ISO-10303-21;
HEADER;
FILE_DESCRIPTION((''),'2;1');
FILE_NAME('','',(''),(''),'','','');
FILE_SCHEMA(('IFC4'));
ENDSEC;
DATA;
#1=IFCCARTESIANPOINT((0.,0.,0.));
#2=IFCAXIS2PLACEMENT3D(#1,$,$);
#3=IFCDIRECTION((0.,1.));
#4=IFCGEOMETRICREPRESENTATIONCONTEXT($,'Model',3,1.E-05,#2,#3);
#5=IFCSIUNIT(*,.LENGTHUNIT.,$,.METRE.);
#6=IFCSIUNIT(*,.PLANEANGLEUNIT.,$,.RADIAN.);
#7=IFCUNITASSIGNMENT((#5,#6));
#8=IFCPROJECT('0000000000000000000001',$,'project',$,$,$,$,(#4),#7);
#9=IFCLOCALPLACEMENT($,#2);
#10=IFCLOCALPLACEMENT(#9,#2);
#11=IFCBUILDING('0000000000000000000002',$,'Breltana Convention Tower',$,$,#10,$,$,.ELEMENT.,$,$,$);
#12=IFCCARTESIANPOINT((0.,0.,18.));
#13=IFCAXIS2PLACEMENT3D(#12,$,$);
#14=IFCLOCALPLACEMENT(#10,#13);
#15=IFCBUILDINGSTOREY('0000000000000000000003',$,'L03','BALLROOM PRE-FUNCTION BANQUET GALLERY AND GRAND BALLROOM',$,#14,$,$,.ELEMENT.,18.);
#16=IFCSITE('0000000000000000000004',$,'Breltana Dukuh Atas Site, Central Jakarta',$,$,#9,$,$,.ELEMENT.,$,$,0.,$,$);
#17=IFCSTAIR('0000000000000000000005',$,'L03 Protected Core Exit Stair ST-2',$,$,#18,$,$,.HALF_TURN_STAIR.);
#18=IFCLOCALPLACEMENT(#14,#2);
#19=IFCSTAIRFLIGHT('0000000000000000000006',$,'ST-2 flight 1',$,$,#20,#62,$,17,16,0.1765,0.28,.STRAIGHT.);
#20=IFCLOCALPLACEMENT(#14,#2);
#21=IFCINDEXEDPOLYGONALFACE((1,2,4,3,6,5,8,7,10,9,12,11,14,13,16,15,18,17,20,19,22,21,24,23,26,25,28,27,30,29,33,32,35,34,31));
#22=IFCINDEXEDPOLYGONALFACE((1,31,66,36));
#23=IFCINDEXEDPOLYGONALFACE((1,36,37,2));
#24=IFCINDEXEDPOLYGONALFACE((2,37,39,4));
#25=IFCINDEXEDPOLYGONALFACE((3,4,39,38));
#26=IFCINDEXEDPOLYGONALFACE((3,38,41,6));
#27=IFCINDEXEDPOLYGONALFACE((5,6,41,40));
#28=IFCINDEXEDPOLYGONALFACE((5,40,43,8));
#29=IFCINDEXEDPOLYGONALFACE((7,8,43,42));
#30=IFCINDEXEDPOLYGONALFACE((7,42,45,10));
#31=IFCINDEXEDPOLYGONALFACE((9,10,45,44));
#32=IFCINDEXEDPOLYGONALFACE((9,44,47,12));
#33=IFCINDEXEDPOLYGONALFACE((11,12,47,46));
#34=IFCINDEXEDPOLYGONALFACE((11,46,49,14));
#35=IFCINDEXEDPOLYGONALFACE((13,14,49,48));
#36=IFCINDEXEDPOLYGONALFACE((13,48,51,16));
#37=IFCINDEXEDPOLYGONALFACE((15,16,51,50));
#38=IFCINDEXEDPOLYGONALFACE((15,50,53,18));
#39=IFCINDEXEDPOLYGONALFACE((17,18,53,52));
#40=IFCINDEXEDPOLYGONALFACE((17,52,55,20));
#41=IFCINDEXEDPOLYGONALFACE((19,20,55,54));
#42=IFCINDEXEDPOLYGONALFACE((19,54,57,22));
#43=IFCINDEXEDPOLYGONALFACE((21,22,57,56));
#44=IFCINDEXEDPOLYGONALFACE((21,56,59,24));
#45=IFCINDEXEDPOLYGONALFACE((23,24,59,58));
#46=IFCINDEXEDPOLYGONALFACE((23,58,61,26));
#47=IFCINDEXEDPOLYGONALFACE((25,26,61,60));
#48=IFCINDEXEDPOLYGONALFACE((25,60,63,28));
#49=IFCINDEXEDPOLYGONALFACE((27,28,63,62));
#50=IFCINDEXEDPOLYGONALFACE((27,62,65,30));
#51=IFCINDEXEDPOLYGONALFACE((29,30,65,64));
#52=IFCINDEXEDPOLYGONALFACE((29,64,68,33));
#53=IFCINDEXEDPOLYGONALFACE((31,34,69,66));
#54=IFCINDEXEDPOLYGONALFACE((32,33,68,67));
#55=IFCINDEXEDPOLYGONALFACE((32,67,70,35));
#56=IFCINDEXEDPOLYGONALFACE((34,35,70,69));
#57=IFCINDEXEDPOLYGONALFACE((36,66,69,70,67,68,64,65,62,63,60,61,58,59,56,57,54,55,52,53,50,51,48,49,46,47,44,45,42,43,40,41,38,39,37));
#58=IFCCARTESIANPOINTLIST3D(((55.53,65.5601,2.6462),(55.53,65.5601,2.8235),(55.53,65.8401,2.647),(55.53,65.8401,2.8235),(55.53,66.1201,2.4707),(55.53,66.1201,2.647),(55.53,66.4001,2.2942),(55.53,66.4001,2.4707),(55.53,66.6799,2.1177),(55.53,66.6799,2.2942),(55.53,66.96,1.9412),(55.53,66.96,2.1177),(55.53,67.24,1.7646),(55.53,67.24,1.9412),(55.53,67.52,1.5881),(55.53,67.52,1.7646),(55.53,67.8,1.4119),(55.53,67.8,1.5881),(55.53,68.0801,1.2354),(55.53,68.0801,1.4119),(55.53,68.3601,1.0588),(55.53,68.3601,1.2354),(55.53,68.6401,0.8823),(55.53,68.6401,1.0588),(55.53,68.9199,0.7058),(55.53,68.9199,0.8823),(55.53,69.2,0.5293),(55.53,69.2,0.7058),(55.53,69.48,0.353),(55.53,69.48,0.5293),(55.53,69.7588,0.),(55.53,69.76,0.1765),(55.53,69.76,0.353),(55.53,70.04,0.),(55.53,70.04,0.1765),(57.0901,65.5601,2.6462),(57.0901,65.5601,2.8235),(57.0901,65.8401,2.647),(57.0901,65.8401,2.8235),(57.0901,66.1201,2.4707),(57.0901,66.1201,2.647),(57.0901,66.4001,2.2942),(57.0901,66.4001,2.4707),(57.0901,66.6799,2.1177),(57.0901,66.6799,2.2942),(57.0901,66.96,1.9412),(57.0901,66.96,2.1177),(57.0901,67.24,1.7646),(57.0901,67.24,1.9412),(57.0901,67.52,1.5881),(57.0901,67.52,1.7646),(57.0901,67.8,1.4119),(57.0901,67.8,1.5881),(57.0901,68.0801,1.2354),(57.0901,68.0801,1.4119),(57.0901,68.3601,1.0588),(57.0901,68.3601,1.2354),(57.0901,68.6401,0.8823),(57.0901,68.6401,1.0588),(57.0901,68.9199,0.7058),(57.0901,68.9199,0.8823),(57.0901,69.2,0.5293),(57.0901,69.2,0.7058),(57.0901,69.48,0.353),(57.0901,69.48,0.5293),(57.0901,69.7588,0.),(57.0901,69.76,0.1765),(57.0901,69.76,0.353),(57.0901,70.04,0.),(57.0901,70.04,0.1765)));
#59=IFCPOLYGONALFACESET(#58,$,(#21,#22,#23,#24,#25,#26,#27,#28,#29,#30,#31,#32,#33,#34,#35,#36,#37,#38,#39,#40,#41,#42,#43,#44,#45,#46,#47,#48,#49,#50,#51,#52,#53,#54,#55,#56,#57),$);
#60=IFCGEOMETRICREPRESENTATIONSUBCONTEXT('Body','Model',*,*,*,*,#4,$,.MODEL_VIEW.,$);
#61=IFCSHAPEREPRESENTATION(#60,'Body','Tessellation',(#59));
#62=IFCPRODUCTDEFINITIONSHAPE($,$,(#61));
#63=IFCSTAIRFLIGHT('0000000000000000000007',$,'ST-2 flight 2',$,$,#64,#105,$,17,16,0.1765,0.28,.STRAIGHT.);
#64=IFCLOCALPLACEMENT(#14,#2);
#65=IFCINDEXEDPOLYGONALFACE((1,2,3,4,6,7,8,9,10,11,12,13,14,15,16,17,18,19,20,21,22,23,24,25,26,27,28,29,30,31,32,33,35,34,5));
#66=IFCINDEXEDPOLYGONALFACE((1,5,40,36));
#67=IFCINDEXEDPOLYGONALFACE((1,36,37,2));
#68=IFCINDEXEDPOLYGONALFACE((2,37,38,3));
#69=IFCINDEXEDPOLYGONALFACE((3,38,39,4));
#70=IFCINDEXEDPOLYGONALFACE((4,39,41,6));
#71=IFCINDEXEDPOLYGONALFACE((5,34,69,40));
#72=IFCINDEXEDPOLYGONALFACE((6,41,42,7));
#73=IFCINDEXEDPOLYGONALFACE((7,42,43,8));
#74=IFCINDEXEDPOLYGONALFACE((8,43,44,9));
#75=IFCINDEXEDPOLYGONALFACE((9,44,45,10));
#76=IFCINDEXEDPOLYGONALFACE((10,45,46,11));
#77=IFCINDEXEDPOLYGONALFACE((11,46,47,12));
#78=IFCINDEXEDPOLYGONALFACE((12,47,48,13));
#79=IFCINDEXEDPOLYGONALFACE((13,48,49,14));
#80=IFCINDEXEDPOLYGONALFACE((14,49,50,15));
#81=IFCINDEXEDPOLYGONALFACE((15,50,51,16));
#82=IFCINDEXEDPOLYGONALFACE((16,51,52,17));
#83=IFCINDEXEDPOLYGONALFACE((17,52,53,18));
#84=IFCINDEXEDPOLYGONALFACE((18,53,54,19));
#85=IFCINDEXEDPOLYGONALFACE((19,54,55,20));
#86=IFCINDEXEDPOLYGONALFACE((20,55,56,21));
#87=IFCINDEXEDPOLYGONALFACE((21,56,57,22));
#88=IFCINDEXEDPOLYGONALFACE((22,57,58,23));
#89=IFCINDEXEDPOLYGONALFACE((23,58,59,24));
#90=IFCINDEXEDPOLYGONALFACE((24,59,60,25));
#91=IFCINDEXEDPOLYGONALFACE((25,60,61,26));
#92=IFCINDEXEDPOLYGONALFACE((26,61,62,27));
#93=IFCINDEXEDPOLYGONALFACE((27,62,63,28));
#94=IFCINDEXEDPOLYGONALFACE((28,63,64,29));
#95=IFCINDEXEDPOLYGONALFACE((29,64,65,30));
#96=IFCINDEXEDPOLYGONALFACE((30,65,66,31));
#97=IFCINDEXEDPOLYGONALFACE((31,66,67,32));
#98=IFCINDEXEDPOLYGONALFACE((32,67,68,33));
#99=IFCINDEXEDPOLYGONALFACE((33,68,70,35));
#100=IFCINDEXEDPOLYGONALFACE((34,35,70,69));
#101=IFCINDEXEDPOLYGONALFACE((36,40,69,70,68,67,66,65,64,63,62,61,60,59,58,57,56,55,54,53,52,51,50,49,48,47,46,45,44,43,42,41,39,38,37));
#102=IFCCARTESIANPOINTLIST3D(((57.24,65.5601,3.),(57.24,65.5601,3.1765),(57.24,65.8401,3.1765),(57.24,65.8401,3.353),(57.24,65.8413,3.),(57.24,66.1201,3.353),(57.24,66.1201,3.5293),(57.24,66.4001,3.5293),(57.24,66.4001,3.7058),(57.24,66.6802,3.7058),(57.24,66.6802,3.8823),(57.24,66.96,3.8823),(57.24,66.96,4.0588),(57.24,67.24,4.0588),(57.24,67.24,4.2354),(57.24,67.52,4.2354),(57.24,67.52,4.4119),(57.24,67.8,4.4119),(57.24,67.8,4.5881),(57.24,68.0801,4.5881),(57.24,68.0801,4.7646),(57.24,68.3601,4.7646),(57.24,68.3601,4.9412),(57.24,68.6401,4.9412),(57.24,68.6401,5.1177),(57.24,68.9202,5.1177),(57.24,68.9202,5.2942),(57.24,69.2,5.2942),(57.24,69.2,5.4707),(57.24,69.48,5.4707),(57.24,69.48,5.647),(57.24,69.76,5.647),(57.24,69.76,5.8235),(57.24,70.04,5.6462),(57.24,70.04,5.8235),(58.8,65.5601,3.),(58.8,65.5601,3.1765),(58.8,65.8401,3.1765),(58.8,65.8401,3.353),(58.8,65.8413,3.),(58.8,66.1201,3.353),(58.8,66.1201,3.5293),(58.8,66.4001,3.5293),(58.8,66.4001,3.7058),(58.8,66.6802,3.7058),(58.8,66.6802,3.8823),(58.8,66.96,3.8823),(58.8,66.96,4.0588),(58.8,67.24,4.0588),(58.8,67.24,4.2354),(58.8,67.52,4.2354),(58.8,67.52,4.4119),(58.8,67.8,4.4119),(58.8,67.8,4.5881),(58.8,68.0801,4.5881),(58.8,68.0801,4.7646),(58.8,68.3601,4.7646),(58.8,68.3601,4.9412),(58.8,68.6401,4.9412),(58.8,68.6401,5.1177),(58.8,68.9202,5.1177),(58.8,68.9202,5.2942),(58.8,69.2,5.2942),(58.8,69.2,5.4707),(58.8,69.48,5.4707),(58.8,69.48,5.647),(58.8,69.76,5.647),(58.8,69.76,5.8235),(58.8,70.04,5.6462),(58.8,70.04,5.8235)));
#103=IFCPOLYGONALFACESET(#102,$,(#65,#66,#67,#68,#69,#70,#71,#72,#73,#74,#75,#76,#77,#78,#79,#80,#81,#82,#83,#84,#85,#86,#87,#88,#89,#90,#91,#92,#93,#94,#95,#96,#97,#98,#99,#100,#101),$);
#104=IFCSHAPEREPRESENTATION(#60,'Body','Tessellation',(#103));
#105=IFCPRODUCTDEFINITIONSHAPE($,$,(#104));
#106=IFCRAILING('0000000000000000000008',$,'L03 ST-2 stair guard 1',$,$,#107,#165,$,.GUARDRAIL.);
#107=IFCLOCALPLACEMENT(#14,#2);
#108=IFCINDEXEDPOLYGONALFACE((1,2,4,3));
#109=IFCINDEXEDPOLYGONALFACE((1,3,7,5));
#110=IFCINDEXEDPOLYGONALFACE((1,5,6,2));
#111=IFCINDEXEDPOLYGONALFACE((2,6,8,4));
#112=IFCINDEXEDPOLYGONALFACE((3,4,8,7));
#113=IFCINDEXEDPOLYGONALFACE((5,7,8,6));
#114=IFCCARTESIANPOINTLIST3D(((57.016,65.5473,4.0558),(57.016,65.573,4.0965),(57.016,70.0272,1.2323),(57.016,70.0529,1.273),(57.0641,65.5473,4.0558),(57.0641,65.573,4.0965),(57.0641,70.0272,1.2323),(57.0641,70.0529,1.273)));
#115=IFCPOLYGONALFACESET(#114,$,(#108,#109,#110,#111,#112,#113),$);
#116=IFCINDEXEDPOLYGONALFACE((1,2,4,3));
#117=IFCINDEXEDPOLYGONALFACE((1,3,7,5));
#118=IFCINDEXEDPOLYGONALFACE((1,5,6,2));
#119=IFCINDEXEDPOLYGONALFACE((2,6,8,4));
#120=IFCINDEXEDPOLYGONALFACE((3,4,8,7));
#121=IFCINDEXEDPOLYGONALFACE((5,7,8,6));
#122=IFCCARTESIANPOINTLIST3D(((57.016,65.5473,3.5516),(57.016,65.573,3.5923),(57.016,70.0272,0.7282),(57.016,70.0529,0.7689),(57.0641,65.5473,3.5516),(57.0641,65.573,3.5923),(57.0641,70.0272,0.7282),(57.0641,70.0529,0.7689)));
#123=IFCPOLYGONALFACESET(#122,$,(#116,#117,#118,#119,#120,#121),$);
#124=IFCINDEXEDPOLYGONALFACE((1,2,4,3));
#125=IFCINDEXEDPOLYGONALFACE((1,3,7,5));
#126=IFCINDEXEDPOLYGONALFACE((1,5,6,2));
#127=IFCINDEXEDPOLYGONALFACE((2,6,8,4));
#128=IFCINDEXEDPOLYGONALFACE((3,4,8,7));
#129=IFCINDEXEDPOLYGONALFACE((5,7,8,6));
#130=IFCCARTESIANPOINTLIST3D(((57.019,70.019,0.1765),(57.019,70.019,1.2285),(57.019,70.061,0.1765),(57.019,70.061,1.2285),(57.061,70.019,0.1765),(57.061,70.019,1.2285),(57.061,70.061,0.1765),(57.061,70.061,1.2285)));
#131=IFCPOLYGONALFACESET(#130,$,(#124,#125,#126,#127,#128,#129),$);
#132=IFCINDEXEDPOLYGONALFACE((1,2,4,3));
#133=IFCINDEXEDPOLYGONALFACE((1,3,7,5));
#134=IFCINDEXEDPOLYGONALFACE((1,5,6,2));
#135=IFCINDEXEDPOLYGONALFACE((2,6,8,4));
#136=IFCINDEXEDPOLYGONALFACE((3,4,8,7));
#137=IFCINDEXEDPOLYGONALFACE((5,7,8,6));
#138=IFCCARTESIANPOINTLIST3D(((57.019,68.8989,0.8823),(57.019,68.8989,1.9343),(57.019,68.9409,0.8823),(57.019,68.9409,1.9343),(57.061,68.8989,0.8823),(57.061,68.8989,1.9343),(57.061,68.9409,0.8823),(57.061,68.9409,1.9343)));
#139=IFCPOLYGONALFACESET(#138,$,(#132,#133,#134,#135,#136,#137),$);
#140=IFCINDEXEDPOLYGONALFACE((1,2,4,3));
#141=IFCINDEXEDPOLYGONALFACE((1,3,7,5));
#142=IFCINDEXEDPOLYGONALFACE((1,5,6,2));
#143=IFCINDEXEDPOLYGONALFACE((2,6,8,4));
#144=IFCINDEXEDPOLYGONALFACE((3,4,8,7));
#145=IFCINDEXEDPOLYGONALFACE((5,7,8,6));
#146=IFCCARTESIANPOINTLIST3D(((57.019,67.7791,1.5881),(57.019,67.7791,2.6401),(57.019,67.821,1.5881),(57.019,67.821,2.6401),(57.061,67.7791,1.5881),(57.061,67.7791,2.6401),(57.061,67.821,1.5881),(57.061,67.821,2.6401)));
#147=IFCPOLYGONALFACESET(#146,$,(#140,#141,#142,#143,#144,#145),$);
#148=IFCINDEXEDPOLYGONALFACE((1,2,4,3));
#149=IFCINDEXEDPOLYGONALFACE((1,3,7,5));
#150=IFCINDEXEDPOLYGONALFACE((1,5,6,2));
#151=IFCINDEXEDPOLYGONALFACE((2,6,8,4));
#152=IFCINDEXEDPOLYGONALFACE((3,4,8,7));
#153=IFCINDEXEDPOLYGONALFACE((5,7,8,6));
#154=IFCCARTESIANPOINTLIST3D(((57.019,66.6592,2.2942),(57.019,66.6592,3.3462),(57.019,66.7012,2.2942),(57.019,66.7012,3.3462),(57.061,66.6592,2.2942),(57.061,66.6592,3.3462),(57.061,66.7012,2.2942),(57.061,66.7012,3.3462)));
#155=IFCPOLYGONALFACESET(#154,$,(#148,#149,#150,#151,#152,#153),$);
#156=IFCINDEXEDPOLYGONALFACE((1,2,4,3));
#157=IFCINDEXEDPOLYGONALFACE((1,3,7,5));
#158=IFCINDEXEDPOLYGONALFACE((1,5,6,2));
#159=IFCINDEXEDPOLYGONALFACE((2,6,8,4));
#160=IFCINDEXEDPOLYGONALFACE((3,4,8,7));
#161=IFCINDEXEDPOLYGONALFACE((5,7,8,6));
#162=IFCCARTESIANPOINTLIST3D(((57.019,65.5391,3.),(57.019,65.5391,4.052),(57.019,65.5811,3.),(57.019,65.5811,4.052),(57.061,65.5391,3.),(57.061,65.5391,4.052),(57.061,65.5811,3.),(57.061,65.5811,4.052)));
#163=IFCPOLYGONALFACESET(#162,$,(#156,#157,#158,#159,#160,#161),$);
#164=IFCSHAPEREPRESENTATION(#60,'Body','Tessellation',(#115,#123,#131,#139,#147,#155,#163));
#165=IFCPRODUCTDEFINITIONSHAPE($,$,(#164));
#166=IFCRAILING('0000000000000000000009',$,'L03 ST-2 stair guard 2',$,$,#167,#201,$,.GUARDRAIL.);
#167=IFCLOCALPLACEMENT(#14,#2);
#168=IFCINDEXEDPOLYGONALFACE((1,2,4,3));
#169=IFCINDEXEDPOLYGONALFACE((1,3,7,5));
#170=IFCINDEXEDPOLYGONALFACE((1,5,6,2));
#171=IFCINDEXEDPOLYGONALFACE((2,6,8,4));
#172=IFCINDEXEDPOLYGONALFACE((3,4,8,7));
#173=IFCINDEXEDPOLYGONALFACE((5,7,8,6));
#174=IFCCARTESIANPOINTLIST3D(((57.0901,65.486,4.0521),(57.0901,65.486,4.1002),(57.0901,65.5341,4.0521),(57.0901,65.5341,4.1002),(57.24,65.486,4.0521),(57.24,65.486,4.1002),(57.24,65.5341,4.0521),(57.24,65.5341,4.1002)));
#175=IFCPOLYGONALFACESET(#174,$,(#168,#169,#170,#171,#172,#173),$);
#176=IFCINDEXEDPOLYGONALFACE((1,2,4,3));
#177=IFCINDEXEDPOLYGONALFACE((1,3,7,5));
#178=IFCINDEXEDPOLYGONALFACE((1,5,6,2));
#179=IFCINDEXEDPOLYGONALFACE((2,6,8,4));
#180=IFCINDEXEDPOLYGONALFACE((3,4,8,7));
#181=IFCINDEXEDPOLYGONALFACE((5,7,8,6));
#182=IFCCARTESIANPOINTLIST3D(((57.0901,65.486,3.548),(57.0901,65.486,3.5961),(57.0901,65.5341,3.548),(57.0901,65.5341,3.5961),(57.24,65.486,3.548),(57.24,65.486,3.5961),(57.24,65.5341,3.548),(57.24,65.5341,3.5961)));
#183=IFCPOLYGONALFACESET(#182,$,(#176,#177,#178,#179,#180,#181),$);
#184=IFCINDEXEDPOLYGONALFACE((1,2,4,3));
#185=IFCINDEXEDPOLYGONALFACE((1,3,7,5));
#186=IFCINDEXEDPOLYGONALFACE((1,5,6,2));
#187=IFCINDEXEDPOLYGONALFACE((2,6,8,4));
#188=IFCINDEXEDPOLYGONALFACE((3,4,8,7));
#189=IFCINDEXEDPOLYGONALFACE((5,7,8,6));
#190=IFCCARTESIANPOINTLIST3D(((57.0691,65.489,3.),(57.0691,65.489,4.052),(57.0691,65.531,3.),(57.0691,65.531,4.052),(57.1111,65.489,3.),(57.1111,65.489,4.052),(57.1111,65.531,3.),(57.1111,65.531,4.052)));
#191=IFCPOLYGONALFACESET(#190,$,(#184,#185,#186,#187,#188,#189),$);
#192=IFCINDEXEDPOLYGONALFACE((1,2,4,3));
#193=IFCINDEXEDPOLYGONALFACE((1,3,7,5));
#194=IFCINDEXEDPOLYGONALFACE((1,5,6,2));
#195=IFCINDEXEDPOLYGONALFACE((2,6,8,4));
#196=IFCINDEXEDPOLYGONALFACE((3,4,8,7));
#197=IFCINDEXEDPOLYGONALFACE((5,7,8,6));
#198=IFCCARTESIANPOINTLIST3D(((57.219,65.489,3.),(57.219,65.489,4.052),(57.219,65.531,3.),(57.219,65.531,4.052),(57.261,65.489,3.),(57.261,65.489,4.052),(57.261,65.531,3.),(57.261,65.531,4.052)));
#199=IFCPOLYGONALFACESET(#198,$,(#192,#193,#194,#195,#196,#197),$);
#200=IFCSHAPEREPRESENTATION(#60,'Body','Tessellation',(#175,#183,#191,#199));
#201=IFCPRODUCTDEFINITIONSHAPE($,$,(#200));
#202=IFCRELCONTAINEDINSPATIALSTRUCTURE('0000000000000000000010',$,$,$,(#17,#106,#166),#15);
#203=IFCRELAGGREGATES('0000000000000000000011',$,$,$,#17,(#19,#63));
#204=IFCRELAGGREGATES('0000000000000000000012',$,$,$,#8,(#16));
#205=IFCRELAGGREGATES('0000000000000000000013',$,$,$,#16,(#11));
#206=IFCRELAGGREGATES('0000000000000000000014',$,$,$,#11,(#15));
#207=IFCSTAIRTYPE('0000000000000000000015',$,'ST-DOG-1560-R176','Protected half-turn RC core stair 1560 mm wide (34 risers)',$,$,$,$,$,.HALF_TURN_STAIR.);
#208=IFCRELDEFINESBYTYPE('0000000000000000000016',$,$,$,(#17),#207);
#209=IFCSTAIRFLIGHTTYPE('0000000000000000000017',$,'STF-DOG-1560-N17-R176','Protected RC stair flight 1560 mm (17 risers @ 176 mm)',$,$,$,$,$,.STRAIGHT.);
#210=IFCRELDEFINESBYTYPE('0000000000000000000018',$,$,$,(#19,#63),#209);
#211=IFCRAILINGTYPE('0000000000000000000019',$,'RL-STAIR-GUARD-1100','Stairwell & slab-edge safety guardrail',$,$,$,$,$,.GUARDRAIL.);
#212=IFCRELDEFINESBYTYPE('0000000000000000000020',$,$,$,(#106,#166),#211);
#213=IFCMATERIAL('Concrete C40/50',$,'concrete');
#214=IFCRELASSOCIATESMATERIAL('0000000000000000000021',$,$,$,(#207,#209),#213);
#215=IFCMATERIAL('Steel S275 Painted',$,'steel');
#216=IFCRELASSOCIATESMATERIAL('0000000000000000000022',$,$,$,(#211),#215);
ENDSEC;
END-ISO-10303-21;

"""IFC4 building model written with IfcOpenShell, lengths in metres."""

from ifc_helpers import new_model, si_unit, direction, frame, origin, origin_2d, place, context, subcontext, project, spatial, polyline, rectangle, outline, extrude, material, type_object, element, aggregate, save


model = new_model("IFC4")

# Units and contexts
model_context = context("Model", 3, precision=1e-05, world=origin(), true_north=direction((0.0, 1.0)))
body_context = subcontext(model_context, "Body", "Model", "MODEL_VIEW")
ifc_project = project(units=[si_unit("LENGTHUNIT", "METRE"), si_unit("PLANEANGLEUNIT", "RADIAN")], contexts=[model_context])

# Site, building, storey
site_placement = place(None, origin())
site = spatial("IfcSite", under=ifc_project, at=site_placement, Name="Breltana Dukuh Atas Site, Central Jakarta", CompositionType="ELEMENT", RefElevation=0.0)
building_placement = place(site_placement, origin())
building = spatial("IfcBuilding", under=site, at=building_placement, Name="Breltana Convention Tower", CompositionType="ELEMENT")
storey_placement = place(building_placement, frame((0.0, 0.0, 18.0)))
storey = spatial("IfcBuildingStorey", under=building, at=storey_placement, Name="L03", Description="BALLROOM PRE-FUNCTION BANQUET GALLERY AND GRAND BALLROOM", CompositionType="ELEMENT", Elevation=18.0)

# Stair, stair flights
ifc_material_1 = material(Name="Concrete C40/50", Category="concrete")
stair_type = type_object("IfcStairType", Name="ST-DOG-1560-R176", Description="Protected half-turn RC core stair 1560 mm wide (34 risers)", PredefinedType="HALF_TURN_STAIR", material=ifc_material_1)
stair_placement = place(storey_placement, origin())
stair = element("IfcStair", 1, at=stair_placement, inside=storey, type_object=stair_type, Name="L03 Protected Core Exit Stair ST-2", PredefinedType="HALF_TURN_STAIR")
stair_flight_type = type_object("IfcStairFlightType", Name="STF-DOG-1560-N17-R176", Description="Protected RC stair flight 1560 mm (17 risers @ 176 mm)", PredefinedType="STRAIGHT", material=ifc_material_1)
stair_flight_1_placement = place(storey_placement, frame((56.3101, 70.04, 0.0), z_axis=(0.0, 0.0, 1.0), x_axis=(0.0, -1.0, 0.0)))
stair_flight_1 = element("IfcStairFlight", 2, at=stair_flight_1_placement, type_object=stair_flight_type, Name="ST-2 flight 1", NumberOfRisers=17, NumberOfTreads=16, PredefinedType="STRAIGHT", RiserHeight=0.1765, TreadLength=0.28, context=body_context, shape_type="SweptSolid", body=[
    extrude(outline(polyline([(0.0, 0.0), (0.0, 0.1765), (0.28, 0.1765), (0.28, 0.353), (0.5601, 0.353), (0.5601, 0.5293), (0.8401, 0.5293), (0.8401, 0.7058), (1.1201, 0.7058), (1.1201, 0.8823), (1.3999, 0.8823), (1.3999, 1.0588), (1.6799, 1.0588), (1.6799, 1.2354), (1.96, 1.2354), (1.96, 1.4119), (2.24, 1.4119), (2.24, 1.5881), (2.52, 1.5881), (2.52, 1.7646), (2.8, 1.7646), (2.8, 1.9412), (3.0801, 1.9412), (3.0801, 2.1177), (3.3601, 2.1177), (3.3601, 2.2942), (3.6399, 2.2942), (3.6399, 2.4707), (3.9199, 2.4707), (3.9199, 2.647), (4.2, 2.647), (4.2, 2.8235), (4.48, 2.8235), (4.48, 3.0), (4.48, 2.6462), (0.2812, 0.0), (0.0, 0.0)])), frame((0.0, 0.78, 0.0), z_axis=(0.0, -1.0, 0.0), x_axis=(1.0, 0.0, 0.0)), (0.0, 0.0, 1.0), 1.5601),
])
stair_flight_2_placement = place(storey_placement, frame((58.02, 65.5601, 3.0), z_axis=(0.0, 0.0, 1.0), x_axis=(0.0, 1.0, 0.0)))
stair_flight_2 = element("IfcStairFlight", 3, at=stair_flight_2_placement, type_object=stair_flight_type, Name="ST-2 flight 2", NumberOfRisers=17, NumberOfTreads=16, PredefinedType="STRAIGHT", RiserHeight=0.1765, TreadLength=0.28, context=body_context, shape_type="SweptSolid", body=[
    extrude(outline(polyline([(0.0, 0.0), (0.0, 0.1765), (0.28, 0.1765), (0.28, 0.353), (0.5601, 0.353), (0.5601, 0.5293), (0.8401, 0.5293), (0.8401, 0.7058), (1.1201, 0.7058), (1.1201, 0.8823), (1.3999, 0.8823), (1.3999, 1.0588), (1.6799, 1.0588), (1.6799, 1.2354), (1.96, 1.2354), (1.96, 1.4119), (2.24, 1.4119), (2.24, 1.5881), (2.52, 1.5881), (2.52, 1.7646), (2.8, 1.7646), (2.8, 1.9412), (3.0801, 1.9412), (3.0801, 2.1177), (3.3601, 2.1177), (3.3601, 2.2942), (3.6399, 2.2942), (3.6399, 2.4707), (3.9199, 2.4707), (3.9199, 2.647), (4.2, 2.647), (4.2, 2.8235), (4.48, 2.8235), (4.48, 3.0), (4.48, 2.6462), (0.2812, 0.0), (0.0, 0.0)])), frame((0.0, 0.78, 0.0), z_axis=(0.0, -1.0, 0.0), x_axis=(1.0, 0.0, 0.0)), (0.0, 0.0, 1.0), 1.5601),
])
aggregate(stair, [stair_flight_1, stair_flight_2])

# Railings
ifc_material_2 = material(Name="Steel S275 Painted", Category="steel")
railing_type_1 = type_object("IfcRailingType", Name="RL-STAIR-GUARD-1100", Description="Stairwell & slab-edge safety guardrail", PredefinedType="GUARDRAIL", material=ifc_material_2)
railing_1_placement = place(storey_placement, frame((57.04, 70.04, 0.1765)))
element("IfcRailing", 4, at=railing_1_placement, inside=storey, type_object=railing_type_1, Name="L03 ST-2 stair guard 1", PredefinedType="GUARDRAIL", context=body_context, shape_type="SweptSolid", body=[
    extrude(rectangle(XDim=0.0481, YDim=0.0481, at=origin_2d()), frame((0.0, 0.0, 1.0762), z_axis=(0.0, -0.845998, 0.533186), x_axis=(1.0, 0.0, 0.0)), (0.0, 0.0, 1.0), 5.2954),
    extrude(rectangle(XDim=0.0481, YDim=0.0481, at=origin_2d()), frame((0.0, 0.0, 0.572), z_axis=(0.0, -0.845998, 0.533186), x_axis=(1.0, 0.0, 0.0)), (0.0, 0.0, 1.0), 5.2954),
    extrude(rectangle(XDim=0.042, YDim=0.042, at=origin_2d()), origin(), (0.0, 0.0, 1.0), 1.052),
    extrude(rectangle(XDim=0.042, YDim=0.042, at=origin_2d()), frame((0.0, -1.1201, 0.7058)), (0.0, 0.0, 1.0), 1.052),
    extrude(rectangle(XDim=0.042, YDim=0.042, at=origin_2d()), frame((0.0, -2.24, 1.4116)), (0.0, 0.0, 1.0), 1.052),
    extrude(rectangle(XDim=0.042, YDim=0.042, at=origin_2d()), frame((0.0, -3.3599, 2.1177)), (0.0, 0.0, 1.0), 1.052),
    extrude(rectangle(XDim=0.042, YDim=0.042, at=origin_2d()), frame((0.0, -4.48, 2.8235)), (0.0, 0.0, 1.0), 1.052),
])
railing_2_placement = place(storey_placement, frame((57.0901, 65.51, 3.0)))
element("IfcRailing", 5, at=railing_2_placement, inside=storey, type_object=railing_type_1, Name="L03 ST-2 stair guard 2", PredefinedType="GUARDRAIL", context=body_context, shape_type="SweptSolid", body=[
    extrude(rectangle(XDim=0.0481, YDim=0.0481, at=origin_2d()), frame((0.0, 0.0, 1.0762), z_axis=(1.0, 0.0, 0.0), x_axis=(0.0, 1.0, 0.0)), (0.0, 0.0, 1.0), 0.1499),
    extrude(rectangle(XDim=0.0481, YDim=0.0481, at=origin_2d()), frame((0.0, 0.0, 0.572), z_axis=(1.0, 0.0, 0.0), x_axis=(0.0, 1.0, 0.0)), (0.0, 0.0, 1.0), 0.1499),
    extrude(rectangle(XDim=0.042, YDim=0.042, at=origin_2d()), origin(), (0.0, 0.0, 1.0), 1.052),
    extrude(rectangle(XDim=0.042, YDim=0.042, at=origin_2d()), frame((0.1499, 0.0, 0.0)), (0.0, 0.0, 1.0), 1.052),
])

save(model, "model.ifc")
